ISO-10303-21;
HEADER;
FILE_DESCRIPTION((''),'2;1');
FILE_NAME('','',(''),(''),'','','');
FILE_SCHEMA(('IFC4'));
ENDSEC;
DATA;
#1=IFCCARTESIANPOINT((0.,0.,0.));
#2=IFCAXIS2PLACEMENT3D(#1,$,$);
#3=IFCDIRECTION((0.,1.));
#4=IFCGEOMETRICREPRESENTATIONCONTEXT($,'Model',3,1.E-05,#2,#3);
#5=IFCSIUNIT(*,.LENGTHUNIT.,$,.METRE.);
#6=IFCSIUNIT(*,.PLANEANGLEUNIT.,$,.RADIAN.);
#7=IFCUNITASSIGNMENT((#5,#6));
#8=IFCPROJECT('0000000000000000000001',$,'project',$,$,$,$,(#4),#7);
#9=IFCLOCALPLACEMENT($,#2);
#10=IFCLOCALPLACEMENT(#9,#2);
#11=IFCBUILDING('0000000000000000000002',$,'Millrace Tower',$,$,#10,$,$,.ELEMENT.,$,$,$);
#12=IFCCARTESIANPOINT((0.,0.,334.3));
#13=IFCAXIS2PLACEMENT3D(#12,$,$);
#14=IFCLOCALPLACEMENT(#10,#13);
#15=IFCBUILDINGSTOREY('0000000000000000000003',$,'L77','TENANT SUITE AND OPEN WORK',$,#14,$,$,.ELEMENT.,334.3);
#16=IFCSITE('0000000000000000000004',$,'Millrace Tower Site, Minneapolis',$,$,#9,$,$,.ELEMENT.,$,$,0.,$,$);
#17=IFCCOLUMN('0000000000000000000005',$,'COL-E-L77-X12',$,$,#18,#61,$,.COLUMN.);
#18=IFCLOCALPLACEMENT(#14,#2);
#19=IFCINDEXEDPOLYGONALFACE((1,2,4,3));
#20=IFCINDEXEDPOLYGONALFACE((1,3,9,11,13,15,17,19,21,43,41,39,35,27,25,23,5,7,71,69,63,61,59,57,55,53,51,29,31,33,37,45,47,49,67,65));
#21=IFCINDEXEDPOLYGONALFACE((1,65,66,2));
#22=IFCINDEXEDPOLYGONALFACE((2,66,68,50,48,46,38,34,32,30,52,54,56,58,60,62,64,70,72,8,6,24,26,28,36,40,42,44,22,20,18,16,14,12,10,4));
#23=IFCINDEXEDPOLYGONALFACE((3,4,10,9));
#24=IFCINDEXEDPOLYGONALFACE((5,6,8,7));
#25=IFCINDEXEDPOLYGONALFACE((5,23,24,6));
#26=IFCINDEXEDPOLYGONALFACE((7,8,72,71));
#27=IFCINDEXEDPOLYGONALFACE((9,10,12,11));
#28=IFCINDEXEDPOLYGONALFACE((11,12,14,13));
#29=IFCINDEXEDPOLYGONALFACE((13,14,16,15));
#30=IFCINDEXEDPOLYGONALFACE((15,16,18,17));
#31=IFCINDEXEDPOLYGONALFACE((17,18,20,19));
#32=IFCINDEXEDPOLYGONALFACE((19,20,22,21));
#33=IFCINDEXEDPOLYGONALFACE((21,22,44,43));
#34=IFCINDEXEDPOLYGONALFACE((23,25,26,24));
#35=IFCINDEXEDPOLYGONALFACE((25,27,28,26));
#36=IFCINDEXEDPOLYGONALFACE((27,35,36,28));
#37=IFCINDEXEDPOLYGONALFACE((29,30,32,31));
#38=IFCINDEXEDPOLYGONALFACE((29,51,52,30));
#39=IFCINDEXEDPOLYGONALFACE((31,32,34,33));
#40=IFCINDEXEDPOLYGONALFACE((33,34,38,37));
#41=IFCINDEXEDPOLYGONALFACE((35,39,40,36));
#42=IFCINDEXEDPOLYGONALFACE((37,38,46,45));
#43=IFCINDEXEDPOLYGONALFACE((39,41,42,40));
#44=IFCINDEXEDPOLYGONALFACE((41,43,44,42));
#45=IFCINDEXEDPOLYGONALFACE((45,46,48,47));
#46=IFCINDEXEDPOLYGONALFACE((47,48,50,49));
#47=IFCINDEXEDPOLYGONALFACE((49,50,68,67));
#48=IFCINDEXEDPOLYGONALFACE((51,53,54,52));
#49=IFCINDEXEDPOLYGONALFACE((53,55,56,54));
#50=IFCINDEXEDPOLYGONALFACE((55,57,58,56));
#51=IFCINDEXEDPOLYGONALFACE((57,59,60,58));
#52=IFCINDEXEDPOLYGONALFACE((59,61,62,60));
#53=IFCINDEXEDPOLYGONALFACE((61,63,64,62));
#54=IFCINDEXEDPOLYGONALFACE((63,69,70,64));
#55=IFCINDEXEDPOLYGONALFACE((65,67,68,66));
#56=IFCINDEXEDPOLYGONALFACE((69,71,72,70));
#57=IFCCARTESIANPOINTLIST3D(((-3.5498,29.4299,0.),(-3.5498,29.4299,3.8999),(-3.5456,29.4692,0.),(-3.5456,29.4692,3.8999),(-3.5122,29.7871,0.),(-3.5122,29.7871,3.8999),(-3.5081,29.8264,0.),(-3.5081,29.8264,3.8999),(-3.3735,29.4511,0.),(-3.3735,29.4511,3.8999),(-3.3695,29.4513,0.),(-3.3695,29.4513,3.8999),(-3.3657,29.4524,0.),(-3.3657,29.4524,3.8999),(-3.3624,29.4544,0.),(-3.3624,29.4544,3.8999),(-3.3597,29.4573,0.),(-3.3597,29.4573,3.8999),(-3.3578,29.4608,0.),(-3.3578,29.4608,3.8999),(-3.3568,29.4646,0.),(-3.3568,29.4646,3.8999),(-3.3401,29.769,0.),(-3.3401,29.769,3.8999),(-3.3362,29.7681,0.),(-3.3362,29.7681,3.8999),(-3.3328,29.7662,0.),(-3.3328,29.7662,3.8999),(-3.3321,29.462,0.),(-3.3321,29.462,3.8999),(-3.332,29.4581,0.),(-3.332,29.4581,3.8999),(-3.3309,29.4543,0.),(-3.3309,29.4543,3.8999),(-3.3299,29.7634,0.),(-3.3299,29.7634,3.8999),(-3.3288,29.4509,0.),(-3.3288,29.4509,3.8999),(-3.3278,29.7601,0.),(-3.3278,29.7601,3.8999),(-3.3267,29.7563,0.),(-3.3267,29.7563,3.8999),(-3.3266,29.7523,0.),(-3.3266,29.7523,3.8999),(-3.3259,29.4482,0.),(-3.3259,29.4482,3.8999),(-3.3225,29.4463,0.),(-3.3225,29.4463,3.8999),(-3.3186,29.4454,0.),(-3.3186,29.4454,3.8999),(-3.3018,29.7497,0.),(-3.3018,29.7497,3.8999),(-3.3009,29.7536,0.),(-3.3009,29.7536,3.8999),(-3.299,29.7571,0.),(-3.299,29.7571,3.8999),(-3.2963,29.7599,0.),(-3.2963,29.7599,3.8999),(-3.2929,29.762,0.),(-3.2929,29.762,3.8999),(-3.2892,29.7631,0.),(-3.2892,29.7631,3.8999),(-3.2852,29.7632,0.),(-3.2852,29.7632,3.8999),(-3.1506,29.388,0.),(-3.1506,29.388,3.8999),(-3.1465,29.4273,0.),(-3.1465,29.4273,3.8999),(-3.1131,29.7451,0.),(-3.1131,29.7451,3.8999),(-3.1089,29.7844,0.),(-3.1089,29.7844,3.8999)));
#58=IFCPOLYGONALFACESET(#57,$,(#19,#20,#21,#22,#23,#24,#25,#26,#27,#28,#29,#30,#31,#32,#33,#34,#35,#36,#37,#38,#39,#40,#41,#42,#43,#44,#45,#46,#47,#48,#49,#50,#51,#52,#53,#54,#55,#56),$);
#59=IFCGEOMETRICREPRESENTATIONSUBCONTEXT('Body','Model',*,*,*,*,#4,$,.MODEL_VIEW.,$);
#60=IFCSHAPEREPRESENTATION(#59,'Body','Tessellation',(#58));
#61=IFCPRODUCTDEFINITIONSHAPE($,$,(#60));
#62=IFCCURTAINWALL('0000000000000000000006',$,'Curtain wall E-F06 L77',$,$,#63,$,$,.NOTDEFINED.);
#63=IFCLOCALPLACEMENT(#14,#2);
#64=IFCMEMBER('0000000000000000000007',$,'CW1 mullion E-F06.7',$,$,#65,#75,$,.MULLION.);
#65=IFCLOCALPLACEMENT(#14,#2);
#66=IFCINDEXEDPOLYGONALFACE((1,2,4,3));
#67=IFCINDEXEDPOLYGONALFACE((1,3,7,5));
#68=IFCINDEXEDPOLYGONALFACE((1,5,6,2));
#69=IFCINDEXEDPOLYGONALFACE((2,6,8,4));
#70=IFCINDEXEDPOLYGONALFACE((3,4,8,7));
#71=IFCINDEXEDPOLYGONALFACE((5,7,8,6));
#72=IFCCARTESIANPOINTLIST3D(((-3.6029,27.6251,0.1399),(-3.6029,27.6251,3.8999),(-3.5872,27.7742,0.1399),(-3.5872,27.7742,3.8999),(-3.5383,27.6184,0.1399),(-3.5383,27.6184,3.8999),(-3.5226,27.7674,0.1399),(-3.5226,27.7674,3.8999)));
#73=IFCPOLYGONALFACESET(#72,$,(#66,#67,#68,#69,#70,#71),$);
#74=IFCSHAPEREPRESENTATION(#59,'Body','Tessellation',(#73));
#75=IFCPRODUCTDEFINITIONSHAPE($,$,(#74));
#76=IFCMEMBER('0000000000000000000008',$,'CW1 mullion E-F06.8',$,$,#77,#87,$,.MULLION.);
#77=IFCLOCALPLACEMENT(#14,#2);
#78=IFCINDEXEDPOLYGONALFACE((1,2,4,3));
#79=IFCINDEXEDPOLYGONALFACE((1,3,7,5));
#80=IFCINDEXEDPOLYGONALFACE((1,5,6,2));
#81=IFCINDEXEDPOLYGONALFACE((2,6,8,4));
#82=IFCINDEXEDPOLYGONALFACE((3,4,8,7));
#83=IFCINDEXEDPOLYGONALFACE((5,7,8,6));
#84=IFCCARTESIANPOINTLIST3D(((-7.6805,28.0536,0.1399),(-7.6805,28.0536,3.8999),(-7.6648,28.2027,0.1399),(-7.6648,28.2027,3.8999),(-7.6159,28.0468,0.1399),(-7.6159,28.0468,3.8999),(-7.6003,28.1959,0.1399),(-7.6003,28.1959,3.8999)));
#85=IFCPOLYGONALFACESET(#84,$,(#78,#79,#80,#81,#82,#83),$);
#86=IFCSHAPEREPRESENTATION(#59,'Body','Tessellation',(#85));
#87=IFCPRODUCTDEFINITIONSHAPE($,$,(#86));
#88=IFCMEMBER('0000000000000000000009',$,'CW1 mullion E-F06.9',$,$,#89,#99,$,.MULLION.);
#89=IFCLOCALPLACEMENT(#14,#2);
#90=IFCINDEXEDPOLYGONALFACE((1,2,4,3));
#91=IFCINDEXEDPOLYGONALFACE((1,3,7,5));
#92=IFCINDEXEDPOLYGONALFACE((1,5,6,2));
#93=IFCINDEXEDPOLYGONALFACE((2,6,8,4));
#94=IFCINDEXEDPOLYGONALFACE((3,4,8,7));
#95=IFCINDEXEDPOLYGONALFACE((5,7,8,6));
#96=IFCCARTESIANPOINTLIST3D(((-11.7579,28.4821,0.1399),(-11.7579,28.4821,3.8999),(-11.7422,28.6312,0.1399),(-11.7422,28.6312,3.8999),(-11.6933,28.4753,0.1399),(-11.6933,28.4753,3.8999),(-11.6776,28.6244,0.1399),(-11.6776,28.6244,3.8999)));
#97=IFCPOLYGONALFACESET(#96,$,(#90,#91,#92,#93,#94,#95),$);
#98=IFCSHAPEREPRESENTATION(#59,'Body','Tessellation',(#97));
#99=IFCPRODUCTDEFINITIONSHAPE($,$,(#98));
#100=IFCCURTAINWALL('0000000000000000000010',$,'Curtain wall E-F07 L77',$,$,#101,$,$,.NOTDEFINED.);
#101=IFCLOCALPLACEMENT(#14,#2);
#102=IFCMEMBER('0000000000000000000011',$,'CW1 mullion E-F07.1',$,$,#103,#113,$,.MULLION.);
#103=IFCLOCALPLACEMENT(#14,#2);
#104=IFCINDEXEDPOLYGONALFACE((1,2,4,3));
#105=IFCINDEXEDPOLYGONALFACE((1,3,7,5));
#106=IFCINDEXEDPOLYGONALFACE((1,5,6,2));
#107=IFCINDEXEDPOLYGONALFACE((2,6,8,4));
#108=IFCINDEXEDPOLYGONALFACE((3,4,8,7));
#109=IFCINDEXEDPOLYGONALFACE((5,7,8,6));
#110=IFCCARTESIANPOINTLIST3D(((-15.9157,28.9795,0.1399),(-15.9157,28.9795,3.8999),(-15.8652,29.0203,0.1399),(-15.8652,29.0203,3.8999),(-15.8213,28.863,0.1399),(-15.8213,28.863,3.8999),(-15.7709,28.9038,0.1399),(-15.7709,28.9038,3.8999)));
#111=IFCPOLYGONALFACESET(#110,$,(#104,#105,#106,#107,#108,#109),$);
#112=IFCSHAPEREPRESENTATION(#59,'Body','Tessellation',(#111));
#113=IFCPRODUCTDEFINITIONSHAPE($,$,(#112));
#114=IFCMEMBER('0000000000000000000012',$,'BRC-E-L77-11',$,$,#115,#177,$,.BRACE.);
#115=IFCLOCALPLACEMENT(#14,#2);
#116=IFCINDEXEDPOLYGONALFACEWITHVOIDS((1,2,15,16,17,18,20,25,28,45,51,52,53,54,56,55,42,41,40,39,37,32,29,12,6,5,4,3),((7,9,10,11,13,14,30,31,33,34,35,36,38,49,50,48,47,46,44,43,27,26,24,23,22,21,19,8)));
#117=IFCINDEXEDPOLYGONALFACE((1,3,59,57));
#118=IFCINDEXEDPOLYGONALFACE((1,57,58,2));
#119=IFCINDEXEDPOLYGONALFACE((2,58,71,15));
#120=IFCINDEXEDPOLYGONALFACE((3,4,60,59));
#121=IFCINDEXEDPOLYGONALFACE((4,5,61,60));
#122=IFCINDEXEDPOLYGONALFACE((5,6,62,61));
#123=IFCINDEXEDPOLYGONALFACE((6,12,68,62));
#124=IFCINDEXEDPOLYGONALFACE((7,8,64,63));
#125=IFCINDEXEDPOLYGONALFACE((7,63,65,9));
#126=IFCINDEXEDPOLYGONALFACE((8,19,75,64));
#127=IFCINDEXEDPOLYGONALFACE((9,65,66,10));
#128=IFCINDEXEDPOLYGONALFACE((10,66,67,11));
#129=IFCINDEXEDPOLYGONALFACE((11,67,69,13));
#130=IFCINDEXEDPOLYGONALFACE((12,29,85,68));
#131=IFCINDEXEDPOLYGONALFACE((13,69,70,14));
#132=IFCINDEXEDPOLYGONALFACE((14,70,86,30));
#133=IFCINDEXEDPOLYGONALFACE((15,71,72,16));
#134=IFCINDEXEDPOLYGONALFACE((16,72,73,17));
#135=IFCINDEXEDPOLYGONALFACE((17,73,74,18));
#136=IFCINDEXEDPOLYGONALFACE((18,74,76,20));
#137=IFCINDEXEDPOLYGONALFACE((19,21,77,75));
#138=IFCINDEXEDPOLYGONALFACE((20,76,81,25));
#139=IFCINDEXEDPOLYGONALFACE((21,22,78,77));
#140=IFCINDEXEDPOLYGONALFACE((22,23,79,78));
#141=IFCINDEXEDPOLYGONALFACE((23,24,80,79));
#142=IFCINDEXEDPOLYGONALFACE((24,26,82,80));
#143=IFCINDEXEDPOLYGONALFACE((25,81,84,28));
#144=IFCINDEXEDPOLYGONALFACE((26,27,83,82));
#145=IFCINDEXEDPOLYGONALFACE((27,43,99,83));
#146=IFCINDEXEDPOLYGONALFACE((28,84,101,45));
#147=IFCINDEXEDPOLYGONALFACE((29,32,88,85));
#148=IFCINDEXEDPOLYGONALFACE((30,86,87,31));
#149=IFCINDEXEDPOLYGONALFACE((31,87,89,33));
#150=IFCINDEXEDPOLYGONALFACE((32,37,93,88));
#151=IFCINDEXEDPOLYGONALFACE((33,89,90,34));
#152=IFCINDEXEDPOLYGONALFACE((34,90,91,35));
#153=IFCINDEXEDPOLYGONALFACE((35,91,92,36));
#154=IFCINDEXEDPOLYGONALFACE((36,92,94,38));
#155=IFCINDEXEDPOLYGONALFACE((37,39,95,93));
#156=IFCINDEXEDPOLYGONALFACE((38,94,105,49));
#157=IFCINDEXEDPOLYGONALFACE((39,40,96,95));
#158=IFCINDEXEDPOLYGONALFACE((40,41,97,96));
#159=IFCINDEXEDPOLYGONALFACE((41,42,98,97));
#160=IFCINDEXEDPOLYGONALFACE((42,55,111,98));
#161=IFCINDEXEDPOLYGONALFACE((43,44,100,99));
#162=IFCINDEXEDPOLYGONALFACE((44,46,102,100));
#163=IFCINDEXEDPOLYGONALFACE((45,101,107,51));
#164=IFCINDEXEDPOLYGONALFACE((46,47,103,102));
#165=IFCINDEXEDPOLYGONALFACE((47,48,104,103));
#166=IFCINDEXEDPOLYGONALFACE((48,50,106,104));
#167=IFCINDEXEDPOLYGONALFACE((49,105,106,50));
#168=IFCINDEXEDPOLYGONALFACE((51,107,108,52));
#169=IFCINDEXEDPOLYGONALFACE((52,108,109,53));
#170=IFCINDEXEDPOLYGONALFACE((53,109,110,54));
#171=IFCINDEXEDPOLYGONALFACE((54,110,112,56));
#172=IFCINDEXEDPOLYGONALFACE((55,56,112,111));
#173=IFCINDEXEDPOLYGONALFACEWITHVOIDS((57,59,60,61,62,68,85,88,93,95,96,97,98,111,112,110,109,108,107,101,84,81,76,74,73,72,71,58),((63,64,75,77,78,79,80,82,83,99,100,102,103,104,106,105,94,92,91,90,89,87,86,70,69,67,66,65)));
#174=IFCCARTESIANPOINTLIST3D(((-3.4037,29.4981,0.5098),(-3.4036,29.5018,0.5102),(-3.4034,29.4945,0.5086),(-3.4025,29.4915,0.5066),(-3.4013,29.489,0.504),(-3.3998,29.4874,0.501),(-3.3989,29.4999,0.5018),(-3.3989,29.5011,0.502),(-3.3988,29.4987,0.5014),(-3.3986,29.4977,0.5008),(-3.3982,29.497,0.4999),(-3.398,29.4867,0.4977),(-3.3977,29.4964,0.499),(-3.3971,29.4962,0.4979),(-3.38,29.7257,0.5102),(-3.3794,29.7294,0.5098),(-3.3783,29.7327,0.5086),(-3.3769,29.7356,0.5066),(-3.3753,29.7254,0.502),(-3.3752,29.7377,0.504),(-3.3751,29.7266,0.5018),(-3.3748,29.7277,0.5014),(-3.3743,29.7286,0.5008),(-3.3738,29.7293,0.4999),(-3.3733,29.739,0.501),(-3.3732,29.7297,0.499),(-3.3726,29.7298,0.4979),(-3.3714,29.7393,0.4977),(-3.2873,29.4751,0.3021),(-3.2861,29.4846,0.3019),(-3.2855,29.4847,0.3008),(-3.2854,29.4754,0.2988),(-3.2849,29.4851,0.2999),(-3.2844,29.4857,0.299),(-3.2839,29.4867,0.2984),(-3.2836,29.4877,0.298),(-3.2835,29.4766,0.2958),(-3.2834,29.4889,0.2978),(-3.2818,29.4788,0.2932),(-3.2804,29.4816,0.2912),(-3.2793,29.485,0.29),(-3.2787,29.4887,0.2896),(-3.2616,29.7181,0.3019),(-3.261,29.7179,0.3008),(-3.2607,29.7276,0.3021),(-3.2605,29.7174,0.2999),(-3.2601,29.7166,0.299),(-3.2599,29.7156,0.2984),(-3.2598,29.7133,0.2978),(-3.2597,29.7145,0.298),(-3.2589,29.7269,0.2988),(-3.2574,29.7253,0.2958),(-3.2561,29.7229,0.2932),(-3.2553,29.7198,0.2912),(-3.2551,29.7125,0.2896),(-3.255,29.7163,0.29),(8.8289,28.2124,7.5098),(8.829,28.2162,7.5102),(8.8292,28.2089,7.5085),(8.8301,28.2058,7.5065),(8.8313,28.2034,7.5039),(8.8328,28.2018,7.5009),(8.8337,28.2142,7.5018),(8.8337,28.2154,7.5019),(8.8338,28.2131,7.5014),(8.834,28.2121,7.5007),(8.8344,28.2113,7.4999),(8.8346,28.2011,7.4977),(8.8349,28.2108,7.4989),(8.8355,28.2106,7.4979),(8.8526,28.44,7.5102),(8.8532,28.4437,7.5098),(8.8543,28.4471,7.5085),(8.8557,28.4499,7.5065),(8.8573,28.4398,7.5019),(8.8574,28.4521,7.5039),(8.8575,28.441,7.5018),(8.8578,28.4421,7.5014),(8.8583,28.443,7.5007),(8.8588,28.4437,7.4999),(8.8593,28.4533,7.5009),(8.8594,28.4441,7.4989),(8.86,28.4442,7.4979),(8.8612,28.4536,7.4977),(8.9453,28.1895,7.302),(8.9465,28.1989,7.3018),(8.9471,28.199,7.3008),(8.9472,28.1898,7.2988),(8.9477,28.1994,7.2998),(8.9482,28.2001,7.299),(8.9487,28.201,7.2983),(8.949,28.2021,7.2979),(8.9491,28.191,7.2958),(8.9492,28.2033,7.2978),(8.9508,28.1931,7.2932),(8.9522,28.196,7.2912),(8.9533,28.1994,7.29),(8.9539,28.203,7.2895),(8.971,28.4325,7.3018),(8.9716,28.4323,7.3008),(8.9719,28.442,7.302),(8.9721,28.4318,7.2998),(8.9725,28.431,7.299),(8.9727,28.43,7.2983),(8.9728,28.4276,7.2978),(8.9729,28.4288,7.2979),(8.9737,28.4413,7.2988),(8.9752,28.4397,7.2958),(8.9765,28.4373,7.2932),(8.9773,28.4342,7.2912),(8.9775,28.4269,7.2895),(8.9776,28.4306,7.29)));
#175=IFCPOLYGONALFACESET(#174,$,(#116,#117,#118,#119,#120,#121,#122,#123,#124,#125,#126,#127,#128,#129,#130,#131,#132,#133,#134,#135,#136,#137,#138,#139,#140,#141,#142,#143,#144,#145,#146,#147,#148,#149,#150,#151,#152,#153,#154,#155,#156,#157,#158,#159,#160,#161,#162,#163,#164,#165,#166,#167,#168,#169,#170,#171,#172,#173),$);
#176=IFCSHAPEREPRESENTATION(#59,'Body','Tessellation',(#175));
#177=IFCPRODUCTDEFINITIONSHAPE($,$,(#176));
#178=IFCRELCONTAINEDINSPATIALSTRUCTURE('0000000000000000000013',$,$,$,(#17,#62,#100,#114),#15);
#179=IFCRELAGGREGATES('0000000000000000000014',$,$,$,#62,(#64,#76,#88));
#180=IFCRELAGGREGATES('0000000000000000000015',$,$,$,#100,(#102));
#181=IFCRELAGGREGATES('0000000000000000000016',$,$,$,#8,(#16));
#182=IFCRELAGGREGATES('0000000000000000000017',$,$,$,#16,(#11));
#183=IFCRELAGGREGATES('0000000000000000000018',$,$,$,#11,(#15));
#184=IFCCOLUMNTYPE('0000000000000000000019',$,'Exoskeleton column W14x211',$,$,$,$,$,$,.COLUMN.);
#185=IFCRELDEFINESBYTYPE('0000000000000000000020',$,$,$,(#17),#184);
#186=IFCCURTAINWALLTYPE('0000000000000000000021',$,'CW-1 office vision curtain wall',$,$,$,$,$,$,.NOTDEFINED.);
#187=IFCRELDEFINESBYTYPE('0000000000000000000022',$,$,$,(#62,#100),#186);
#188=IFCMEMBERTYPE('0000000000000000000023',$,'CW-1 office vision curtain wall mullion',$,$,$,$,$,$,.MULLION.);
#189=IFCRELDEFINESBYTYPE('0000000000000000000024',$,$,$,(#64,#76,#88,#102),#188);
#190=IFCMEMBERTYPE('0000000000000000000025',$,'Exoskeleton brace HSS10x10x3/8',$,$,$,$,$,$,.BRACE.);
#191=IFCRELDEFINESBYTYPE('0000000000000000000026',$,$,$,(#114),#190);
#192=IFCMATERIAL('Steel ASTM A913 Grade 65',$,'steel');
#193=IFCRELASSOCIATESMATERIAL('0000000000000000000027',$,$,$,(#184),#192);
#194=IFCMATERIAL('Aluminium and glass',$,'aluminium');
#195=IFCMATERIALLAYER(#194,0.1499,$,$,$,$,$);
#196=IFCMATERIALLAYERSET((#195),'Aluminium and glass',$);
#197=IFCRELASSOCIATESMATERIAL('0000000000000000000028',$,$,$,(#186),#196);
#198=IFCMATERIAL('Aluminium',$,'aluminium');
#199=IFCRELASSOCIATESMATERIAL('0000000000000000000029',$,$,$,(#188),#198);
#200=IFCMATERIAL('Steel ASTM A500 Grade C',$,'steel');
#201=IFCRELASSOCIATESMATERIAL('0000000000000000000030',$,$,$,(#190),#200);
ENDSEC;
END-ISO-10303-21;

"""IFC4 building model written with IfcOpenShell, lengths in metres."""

from ifc_helpers import new_model, si_unit, direction, frame, origin, origin_2d, place, context, subcontext, project, spatial, rectangle, hollow_rectangle, i_section, extrude, material, layer, layer_set, material_profile, profile_set, type_object, element, aggregate, save


model = new_model("IFC4")

# Units and contexts
model_context = context("Model", 3, precision=1e-05, world=origin(), true_north=direction((0.0, 1.0)))
body_context = subcontext(model_context, "Body", "Model", "MODEL_VIEW")
ifc_project = project(units=[si_unit("LENGTHUNIT", "METRE"), si_unit("PLANEANGLEUNIT", "RADIAN")], contexts=[model_context])

# Site, building, storey
site_placement = place(None, origin())
site = spatial("IfcSite", under=ifc_project, at=site_placement, Name="Millrace Tower Site, Minneapolis", CompositionType="ELEMENT", RefElevation=0.0)
building_placement = place(site_placement, origin())
building = spatial("IfcBuilding", under=site, at=building_placement, Name="Millrace Tower", CompositionType="ELEMENT")
storey_placement = place(building_placement, frame((0.0, 0.0, 334.3)))
storey = spatial("IfcBuildingStorey", under=building, at=storey_placement, Name="L77", Description="TENANT SUITE AND OPEN WORK", CompositionType="ELEMENT", Elevation=334.3)

# Column
ifc_material_1 = material(Name="Steel ASTM A913 Grade 65", Category="steel")
ifc_material_profile_1 = material_profile(ifc_material_1, i_section(OverallWidth=0.4014, OverallDepth=0.3987, WebThickness=0.0249, FlangeThickness=0.0396, FilletRadius=0.0151, at=origin_2d()))
ifc_profile_set_1 = profile_set([ifc_material_profile_1], Name="Steel ASTM A913 Grade 65")
column_type = type_object("IfcColumnType", Name="Exoskeleton column W14x211", PredefinedType="COLUMN", material=ifc_profile_set_1)
column_placement = place(storey_placement, frame((-3.3293, 29.6072, 0.0), z_axis=(0.0, 0.0, 1.0), x_axis=(-0.994522, 0.104528, 0.0)))
element("IfcColumn", 1, at=column_placement, inside=storey, type_object=column_type, Name="COL-E-L77-X12", PredefinedType="COLUMN", context=body_context, shape_type="SweptSolid", body=[
    extrude(i_section(OverallWidth=0.4014, OverallDepth=0.3987, WebThickness=0.0249, FlangeThickness=0.0396, FilletRadius=0.0151, at=origin_2d()), origin(), (0.0, 0.0, 1.0), 3.8999),
])

# Curtain wall, members
ifc_material_2 = material(Name="Aluminium and glass", Category="aluminium")
ifc_layer_1 = layer(ifc_material_2, 0.1499)
ifc_layer_set_1 = layer_set([ifc_layer_1], Name="Aluminium and glass")
curtain_wall_type = type_object("IfcCurtainWallType", Name="CW-1 office vision curtain wall", PredefinedType="NOTDEFINED", material=ifc_layer_set_1)
placement = place(storey_placement, origin())
curtain_wall_1 = element("IfcCurtainWall", 2, at=placement, inside=storey, type_object=curtain_wall_type, Name="Curtain wall E-F06 L77", PredefinedType="NOTDEFINED")
ifc_material_3 = material(Name="Aluminium", Category="aluminium")
ifc_material_profile_2 = material_profile(ifc_material_3, rectangle(XDim=0.0649, YDim=0.1499, at=origin_2d()))
ifc_profile_set_2 = profile_set([ifc_material_profile_2], Name="Aluminium")
member_type_1 = type_object("IfcMemberType", Name="CW-1 office vision curtain wall mullion", PredefinedType="MULLION", material=ifc_profile_set_2)
member_1_placement = place(storey_placement, frame((-3.5627, 27.6963, 0.1399), z_axis=(0.0, 0.0, 1.0), x_axis=(-0.994522, 0.104528, 0.0)))
member_1 = element("IfcMember", 3, at=member_1_placement, type_object=member_type_1, Name="CW1 mullion E-F06.7", PredefinedType="MULLION", context=body_context, shape_type="SweptSolid", body=[
    extrude(rectangle(XDim=0.0649, YDim=0.1499, at=origin_2d()), origin(), (0.0, 0.0, 1.0), 3.76),
])
member_2_placement = place(storey_placement, frame((-7.6404, 28.1248, 0.1399), z_axis=(0.0, 0.0, 1.0), x_axis=(-0.994522, 0.104528, 0.0)))
member_2 = element("IfcMember", 4, at=member_2_placement, type_object=member_type_1, Name="CW1 mullion E-F06.8", PredefinedType="MULLION", context=body_context, shape_type="SweptSolid", body=[
    extrude(rectangle(XDim=0.0649, YDim=0.1499, at=origin_2d()), origin(), (0.0, 0.0, 1.0), 3.76),
])
member_3_placement = place(storey_placement, frame((-11.7178, 28.5532, 0.1399), z_axis=(0.0, 0.0, 1.0), x_axis=(-0.994522, 0.104528, 0.0)))
member_3 = element("IfcMember", 5, at=member_3_placement, type_object=member_type_1, Name="CW1 mullion E-F06.9", PredefinedType="MULLION", context=body_context, shape_type="SweptSolid", body=[
    extrude(rectangle(XDim=0.0649, YDim=0.1499, at=origin_2d()), origin(), (0.0, 0.0, 1.0), 3.76),
])
aggregate(curtain_wall_1, [member_1, member_2, member_3])

# Curtain wall, member
curtain_wall_2 = element("IfcCurtainWall", 6, at=placement, inside=storey, type_object=curtain_wall_type, Name="Curtain wall E-F07 L77", PredefinedType="NOTDEFINED")
member_4_placement = place(storey_placement, frame((-15.8433, 28.9417, 0.1399), z_axis=(0.0, 0.0, 1.0), x_axis=(-0.777146, -0.62932, 0.0)))
member_4 = element("IfcMember", 7, at=member_4_placement, type_object=member_type_1, Name="CW1 mullion E-F07.1", PredefinedType="MULLION", context=body_context, shape_type="SweptSolid", body=[
    extrude(rectangle(XDim=0.0649, YDim=0.1499, at=origin_2d()), origin(), (0.0, 0.0, 1.0), 3.76),
])
aggregate(curtain_wall_2, [member_4])

# Member
ifc_material_4 = material(Name="Steel ASTM A500 Grade C", Category="steel")
ifc_material_profile_3 = material_profile(ifc_material_4, hollow_rectangle(XDim=0.2539, YDim=0.2539, WallThickness=0.0095, InnerFilletRadius=0.0046, OuterFilletRadius=0.0144, at=origin_2d()))
ifc_profile_set_3 = profile_set([ifc_material_profile_3], Name="Steel ASTM A500 Grade C")
member_type_2 = type_object("IfcMemberType", Name="Exoskeleton brace HSS10x10x3/8", PredefinedType="BRACE", material=ifc_profile_set_3)
member_5_placement = place(storey_placement, frame((-3.3293, 29.6072, 0.3999), z_axis=(0.864352, -0.090843, 0.494615), x_axis=(0.104524, 0.994522, 0.0)))
element("IfcMember", 8, at=member_5_placement, inside=storey, type_object=member_type_2, Name="BRC-E-L77-11", PredefinedType="BRACE", context=body_context, shape_type="SweptSolid", body=[
    extrude(hollow_rectangle(XDim=0.2539, YDim=0.2539, WallThickness=0.0095, InnerFilletRadius=0.0046, OuterFilletRadius=0.0144, at=origin_2d()), origin(), (0.0, 0.0, 1.0), 14.1523),
])

save(model, "model.ifc")
